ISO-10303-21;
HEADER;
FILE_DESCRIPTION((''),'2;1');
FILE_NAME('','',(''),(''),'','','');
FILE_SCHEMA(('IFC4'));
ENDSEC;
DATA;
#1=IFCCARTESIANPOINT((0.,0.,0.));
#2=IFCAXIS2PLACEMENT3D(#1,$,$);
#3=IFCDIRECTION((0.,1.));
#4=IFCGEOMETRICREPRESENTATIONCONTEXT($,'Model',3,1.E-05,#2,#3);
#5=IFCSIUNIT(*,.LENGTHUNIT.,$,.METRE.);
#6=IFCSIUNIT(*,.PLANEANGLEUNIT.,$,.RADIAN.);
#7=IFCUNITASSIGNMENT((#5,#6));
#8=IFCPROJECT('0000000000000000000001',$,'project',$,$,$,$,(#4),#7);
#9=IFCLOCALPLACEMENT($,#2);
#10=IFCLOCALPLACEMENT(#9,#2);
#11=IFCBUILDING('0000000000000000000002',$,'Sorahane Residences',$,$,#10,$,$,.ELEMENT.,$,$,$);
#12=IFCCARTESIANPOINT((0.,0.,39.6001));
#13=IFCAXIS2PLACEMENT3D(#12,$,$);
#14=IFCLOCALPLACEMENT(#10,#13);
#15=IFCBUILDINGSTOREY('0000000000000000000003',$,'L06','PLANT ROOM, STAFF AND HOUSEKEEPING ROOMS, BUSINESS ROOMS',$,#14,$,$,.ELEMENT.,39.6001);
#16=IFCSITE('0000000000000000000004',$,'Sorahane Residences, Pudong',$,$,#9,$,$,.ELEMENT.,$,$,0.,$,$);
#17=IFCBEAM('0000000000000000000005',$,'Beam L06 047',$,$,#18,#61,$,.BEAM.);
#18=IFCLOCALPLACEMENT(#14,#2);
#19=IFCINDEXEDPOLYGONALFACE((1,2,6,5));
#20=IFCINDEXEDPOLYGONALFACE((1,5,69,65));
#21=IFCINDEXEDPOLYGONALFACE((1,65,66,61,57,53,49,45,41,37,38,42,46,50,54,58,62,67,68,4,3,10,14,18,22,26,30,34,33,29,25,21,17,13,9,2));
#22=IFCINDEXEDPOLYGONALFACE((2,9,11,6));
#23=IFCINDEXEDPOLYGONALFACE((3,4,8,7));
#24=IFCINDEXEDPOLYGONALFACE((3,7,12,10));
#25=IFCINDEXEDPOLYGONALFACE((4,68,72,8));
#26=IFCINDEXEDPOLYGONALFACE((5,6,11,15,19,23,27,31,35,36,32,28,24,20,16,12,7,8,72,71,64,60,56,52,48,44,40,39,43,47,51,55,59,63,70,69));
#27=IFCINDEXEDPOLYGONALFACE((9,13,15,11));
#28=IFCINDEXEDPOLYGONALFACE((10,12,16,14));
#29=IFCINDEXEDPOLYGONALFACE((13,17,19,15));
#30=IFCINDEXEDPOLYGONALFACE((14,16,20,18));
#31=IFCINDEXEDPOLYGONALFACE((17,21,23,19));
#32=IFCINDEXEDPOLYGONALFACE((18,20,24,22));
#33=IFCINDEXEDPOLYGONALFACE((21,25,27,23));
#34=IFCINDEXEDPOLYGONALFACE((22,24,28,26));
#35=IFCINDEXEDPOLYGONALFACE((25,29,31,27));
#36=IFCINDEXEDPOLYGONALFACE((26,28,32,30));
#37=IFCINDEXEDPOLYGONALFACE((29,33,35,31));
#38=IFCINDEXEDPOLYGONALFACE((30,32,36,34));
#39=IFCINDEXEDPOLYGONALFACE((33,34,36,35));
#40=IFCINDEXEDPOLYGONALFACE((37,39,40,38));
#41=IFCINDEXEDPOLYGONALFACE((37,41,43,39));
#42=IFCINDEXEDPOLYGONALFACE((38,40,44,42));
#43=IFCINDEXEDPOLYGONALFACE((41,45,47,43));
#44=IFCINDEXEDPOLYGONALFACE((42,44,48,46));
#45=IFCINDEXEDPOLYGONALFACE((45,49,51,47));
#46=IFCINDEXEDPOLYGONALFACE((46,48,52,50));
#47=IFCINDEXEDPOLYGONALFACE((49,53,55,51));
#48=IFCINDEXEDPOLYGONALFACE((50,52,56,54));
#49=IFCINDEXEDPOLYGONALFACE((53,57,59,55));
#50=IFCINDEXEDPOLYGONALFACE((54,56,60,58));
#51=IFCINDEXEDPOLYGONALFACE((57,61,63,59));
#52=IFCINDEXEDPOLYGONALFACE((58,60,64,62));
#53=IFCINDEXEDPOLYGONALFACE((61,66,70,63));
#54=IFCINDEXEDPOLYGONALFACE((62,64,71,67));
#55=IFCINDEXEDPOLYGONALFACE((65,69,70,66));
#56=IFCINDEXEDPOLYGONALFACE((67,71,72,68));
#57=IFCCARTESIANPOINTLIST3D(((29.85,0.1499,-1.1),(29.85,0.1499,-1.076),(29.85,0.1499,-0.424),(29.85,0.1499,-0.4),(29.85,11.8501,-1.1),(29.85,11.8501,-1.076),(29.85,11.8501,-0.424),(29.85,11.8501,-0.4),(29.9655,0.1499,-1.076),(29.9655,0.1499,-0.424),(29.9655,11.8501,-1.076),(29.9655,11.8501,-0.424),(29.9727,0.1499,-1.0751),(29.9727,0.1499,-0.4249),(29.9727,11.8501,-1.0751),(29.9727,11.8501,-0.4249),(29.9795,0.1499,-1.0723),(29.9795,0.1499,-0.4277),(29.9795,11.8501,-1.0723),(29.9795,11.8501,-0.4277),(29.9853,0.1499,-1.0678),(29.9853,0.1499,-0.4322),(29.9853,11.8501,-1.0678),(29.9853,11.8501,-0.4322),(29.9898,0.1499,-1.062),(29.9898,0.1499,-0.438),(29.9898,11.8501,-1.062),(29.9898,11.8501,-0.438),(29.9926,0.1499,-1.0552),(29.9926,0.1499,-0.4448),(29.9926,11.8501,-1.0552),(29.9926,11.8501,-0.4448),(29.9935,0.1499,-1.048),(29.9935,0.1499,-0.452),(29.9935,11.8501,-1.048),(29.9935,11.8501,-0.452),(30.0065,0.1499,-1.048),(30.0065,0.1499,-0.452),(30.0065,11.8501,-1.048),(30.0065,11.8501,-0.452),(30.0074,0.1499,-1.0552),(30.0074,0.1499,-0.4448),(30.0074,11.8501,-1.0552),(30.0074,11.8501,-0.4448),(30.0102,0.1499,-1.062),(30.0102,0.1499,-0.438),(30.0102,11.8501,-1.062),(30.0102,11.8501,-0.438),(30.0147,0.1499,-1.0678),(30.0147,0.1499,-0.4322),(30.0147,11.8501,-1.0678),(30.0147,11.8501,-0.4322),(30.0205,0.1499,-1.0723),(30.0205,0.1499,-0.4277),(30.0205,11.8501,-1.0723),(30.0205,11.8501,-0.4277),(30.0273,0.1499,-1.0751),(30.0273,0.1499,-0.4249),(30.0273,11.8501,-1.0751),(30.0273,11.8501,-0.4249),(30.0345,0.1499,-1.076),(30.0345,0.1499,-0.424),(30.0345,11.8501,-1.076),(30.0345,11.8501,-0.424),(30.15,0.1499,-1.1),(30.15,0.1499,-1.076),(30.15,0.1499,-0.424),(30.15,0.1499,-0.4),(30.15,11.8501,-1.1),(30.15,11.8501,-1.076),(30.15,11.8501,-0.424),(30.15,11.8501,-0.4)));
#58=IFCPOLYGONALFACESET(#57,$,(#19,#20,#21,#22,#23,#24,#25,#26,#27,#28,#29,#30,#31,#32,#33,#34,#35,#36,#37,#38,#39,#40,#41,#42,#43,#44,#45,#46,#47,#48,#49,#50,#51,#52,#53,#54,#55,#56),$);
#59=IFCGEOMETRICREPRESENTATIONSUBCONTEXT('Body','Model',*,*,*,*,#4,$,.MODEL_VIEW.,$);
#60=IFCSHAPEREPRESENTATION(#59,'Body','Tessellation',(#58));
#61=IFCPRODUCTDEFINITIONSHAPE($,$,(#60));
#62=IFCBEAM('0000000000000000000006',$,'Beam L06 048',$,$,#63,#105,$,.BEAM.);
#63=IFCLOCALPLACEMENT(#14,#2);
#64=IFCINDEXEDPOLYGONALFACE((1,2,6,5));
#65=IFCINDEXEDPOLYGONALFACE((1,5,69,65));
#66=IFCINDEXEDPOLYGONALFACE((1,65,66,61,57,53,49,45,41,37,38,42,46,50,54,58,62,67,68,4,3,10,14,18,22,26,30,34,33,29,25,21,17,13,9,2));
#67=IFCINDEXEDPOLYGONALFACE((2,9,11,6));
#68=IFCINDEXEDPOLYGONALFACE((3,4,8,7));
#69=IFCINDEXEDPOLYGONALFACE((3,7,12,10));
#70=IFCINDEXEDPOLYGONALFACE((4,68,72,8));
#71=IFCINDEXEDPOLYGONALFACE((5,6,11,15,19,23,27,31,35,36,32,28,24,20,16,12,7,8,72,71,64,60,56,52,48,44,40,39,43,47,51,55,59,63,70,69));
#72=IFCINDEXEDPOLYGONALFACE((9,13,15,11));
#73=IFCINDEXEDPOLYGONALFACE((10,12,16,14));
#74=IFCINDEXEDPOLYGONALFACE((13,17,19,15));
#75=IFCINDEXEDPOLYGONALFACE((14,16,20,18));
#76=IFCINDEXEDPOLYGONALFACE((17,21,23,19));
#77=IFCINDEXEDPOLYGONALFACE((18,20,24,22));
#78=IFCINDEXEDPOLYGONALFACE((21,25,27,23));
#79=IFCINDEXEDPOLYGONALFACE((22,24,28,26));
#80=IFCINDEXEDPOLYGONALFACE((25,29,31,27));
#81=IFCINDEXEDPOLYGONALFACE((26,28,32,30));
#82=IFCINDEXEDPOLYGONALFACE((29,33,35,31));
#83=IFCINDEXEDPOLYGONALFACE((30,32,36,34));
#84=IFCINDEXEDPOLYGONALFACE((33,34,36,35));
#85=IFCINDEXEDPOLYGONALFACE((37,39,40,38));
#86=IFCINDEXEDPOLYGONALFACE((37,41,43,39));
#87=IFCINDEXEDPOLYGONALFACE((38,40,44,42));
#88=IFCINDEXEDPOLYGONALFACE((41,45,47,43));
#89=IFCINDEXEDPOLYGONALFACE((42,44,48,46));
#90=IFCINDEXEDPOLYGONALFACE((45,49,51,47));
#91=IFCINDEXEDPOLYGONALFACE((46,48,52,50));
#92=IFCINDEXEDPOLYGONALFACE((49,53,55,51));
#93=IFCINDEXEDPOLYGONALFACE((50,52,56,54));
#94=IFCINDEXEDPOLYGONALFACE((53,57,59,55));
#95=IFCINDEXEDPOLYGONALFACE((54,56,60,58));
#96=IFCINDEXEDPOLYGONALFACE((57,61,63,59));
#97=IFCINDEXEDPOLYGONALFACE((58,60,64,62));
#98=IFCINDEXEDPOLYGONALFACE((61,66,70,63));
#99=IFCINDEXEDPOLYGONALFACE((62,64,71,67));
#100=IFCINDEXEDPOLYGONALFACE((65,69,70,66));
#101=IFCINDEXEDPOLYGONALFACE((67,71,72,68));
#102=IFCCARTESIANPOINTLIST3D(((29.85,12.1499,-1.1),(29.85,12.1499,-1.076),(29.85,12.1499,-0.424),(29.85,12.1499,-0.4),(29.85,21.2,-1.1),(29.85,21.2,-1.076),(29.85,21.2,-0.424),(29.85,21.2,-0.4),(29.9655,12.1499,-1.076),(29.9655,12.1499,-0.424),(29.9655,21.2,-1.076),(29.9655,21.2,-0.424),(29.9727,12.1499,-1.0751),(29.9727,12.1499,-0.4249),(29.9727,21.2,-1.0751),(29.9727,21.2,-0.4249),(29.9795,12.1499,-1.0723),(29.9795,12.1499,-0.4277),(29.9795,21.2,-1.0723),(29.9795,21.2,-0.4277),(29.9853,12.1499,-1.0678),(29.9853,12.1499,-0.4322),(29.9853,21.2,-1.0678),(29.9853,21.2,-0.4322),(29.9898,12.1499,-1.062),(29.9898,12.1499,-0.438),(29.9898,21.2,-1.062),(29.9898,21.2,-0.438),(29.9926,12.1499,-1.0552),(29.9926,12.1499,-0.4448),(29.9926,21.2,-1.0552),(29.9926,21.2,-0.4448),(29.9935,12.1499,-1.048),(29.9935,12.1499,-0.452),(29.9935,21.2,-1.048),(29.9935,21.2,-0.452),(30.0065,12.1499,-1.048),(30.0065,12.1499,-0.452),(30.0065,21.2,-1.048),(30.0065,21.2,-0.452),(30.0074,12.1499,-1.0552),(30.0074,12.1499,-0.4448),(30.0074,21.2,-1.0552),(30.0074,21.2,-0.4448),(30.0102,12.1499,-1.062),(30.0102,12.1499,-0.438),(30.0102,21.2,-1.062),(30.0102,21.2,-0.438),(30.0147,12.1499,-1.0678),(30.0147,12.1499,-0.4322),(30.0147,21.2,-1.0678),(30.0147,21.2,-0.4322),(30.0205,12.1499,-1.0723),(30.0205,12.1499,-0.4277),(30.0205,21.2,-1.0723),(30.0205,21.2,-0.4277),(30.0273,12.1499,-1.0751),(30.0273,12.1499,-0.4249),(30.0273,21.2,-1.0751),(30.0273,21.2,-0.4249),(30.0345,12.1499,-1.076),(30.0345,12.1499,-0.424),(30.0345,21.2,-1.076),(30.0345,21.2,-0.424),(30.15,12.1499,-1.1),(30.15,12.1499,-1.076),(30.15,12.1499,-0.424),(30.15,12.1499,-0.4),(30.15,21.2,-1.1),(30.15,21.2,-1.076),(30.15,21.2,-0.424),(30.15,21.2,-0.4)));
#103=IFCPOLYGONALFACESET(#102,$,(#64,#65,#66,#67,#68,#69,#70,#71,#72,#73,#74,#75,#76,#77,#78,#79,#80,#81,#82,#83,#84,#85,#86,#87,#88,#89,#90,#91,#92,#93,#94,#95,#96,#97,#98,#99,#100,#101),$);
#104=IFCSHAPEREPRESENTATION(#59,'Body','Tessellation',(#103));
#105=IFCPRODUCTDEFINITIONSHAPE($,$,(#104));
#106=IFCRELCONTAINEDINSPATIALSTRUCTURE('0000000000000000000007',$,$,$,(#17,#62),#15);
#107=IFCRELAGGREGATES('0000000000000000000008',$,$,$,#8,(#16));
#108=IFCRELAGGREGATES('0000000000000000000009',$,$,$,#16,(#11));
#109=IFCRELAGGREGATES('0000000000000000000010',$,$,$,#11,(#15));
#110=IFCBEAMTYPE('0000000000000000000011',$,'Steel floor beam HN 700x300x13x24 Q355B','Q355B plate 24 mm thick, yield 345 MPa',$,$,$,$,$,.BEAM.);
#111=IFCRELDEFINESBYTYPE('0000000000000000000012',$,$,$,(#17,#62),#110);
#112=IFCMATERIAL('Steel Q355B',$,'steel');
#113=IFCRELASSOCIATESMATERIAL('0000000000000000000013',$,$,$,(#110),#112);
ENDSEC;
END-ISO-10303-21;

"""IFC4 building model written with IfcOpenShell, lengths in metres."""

from ifc_helpers import new_model, si_unit, direction, frame, origin, origin_2d, place, context, subcontext, project, spatial, i_section, extrude, material, material_profile, profile_set, type_object, element, save


model = new_model("IFC4")

# Units and contexts
model_context = context("Model", 3, precision=1e-05, world=origin(), true_north=direction((0.0, 1.0)))
body_context = subcontext(model_context, "Body", "Model", "MODEL_VIEW")
ifc_project = project(units=[si_unit("LENGTHUNIT", "METRE"), si_unit("PLANEANGLEUNIT", "RADIAN")], contexts=[model_context])

# Site, building, storey
site_placement = place(None, origin())
site = spatial("IfcSite", under=ifc_project, at=site_placement, Name="Sorahane Residences, Pudong", CompositionType="ELEMENT", RefElevation=0.0)
building_placement = place(site_placement, origin())
building = spatial("IfcBuilding", under=site, at=building_placement, Name="Sorahane Residences", CompositionType="ELEMENT")
storey_placement = place(building_placement, frame((0.0, 0.0, 39.6001)))
storey = spatial("IfcBuildingStorey", under=building, at=storey_placement, Name="L06", Description="PLANT ROOM, STAFF AND HOUSEKEEPING ROOMS, BUSINESS ROOMS", CompositionType="ELEMENT", Elevation=39.6001)

# Beams
ifc_material_1 = material(Name="Steel Q355B", Category="steel")
ifc_material_profile_1 = material_profile(ifc_material_1, i_section(OverallWidth=0.3, OverallDepth=0.7, WebThickness=0.0129, FlangeThickness=0.0239, FilletRadius=0.0281, at=origin_2d()), Name="HN 700x300x13x24")
ifc_profile_set_1 = profile_set([ifc_material_profile_1], Name="Steel Q355B")
beam_type = type_object("IfcBeamType", Name="Steel floor beam HN 700x300x13x24 Q355B", Description="Q355B plate 24 mm thick, yield 345 MPa", PredefinedType="BEAM", material=ifc_profile_set_1)
beam_1_placement = place(storey_placement, frame((30.0, 0.1499, -0.75), z_axis=(0.0, 1.0, 0.0), x_axis=(-1.0, 0.0, 0.0)))
element("IfcBeam", 1, at=beam_1_placement, inside=storey, type_object=beam_type, Name="Beam L06 047", PredefinedType="BEAM", context=body_context, shape_type="SweptSolid", body=[
    extrude(i_section(OverallWidth=0.3, OverallDepth=0.7, WebThickness=0.0129, FlangeThickness=0.0239, FilletRadius=0.0281, at=origin_2d()), origin(), (0.0, 0.0, 1.0), 11.7002),
])
beam_2_placement = place(storey_placement, frame((30.0, 12.1499, -0.75), z_axis=(0.0, 1.0, 0.0), x_axis=(-1.0, 0.0, 0.0)))
element("IfcBeam", 2, at=beam_2_placement, inside=storey, type_object=beam_type, Name="Beam L06 048", PredefinedType="BEAM", context=body_context, shape_type="SweptSolid", body=[
    extrude(i_section(OverallWidth=0.3, OverallDepth=0.7, WebThickness=0.0129, FlangeThickness=0.0239, FilletRadius=0.0281, at=origin_2d()), origin(), (0.0, 0.0, 1.0), 9.05),
])

save(model, "model.ifc")
